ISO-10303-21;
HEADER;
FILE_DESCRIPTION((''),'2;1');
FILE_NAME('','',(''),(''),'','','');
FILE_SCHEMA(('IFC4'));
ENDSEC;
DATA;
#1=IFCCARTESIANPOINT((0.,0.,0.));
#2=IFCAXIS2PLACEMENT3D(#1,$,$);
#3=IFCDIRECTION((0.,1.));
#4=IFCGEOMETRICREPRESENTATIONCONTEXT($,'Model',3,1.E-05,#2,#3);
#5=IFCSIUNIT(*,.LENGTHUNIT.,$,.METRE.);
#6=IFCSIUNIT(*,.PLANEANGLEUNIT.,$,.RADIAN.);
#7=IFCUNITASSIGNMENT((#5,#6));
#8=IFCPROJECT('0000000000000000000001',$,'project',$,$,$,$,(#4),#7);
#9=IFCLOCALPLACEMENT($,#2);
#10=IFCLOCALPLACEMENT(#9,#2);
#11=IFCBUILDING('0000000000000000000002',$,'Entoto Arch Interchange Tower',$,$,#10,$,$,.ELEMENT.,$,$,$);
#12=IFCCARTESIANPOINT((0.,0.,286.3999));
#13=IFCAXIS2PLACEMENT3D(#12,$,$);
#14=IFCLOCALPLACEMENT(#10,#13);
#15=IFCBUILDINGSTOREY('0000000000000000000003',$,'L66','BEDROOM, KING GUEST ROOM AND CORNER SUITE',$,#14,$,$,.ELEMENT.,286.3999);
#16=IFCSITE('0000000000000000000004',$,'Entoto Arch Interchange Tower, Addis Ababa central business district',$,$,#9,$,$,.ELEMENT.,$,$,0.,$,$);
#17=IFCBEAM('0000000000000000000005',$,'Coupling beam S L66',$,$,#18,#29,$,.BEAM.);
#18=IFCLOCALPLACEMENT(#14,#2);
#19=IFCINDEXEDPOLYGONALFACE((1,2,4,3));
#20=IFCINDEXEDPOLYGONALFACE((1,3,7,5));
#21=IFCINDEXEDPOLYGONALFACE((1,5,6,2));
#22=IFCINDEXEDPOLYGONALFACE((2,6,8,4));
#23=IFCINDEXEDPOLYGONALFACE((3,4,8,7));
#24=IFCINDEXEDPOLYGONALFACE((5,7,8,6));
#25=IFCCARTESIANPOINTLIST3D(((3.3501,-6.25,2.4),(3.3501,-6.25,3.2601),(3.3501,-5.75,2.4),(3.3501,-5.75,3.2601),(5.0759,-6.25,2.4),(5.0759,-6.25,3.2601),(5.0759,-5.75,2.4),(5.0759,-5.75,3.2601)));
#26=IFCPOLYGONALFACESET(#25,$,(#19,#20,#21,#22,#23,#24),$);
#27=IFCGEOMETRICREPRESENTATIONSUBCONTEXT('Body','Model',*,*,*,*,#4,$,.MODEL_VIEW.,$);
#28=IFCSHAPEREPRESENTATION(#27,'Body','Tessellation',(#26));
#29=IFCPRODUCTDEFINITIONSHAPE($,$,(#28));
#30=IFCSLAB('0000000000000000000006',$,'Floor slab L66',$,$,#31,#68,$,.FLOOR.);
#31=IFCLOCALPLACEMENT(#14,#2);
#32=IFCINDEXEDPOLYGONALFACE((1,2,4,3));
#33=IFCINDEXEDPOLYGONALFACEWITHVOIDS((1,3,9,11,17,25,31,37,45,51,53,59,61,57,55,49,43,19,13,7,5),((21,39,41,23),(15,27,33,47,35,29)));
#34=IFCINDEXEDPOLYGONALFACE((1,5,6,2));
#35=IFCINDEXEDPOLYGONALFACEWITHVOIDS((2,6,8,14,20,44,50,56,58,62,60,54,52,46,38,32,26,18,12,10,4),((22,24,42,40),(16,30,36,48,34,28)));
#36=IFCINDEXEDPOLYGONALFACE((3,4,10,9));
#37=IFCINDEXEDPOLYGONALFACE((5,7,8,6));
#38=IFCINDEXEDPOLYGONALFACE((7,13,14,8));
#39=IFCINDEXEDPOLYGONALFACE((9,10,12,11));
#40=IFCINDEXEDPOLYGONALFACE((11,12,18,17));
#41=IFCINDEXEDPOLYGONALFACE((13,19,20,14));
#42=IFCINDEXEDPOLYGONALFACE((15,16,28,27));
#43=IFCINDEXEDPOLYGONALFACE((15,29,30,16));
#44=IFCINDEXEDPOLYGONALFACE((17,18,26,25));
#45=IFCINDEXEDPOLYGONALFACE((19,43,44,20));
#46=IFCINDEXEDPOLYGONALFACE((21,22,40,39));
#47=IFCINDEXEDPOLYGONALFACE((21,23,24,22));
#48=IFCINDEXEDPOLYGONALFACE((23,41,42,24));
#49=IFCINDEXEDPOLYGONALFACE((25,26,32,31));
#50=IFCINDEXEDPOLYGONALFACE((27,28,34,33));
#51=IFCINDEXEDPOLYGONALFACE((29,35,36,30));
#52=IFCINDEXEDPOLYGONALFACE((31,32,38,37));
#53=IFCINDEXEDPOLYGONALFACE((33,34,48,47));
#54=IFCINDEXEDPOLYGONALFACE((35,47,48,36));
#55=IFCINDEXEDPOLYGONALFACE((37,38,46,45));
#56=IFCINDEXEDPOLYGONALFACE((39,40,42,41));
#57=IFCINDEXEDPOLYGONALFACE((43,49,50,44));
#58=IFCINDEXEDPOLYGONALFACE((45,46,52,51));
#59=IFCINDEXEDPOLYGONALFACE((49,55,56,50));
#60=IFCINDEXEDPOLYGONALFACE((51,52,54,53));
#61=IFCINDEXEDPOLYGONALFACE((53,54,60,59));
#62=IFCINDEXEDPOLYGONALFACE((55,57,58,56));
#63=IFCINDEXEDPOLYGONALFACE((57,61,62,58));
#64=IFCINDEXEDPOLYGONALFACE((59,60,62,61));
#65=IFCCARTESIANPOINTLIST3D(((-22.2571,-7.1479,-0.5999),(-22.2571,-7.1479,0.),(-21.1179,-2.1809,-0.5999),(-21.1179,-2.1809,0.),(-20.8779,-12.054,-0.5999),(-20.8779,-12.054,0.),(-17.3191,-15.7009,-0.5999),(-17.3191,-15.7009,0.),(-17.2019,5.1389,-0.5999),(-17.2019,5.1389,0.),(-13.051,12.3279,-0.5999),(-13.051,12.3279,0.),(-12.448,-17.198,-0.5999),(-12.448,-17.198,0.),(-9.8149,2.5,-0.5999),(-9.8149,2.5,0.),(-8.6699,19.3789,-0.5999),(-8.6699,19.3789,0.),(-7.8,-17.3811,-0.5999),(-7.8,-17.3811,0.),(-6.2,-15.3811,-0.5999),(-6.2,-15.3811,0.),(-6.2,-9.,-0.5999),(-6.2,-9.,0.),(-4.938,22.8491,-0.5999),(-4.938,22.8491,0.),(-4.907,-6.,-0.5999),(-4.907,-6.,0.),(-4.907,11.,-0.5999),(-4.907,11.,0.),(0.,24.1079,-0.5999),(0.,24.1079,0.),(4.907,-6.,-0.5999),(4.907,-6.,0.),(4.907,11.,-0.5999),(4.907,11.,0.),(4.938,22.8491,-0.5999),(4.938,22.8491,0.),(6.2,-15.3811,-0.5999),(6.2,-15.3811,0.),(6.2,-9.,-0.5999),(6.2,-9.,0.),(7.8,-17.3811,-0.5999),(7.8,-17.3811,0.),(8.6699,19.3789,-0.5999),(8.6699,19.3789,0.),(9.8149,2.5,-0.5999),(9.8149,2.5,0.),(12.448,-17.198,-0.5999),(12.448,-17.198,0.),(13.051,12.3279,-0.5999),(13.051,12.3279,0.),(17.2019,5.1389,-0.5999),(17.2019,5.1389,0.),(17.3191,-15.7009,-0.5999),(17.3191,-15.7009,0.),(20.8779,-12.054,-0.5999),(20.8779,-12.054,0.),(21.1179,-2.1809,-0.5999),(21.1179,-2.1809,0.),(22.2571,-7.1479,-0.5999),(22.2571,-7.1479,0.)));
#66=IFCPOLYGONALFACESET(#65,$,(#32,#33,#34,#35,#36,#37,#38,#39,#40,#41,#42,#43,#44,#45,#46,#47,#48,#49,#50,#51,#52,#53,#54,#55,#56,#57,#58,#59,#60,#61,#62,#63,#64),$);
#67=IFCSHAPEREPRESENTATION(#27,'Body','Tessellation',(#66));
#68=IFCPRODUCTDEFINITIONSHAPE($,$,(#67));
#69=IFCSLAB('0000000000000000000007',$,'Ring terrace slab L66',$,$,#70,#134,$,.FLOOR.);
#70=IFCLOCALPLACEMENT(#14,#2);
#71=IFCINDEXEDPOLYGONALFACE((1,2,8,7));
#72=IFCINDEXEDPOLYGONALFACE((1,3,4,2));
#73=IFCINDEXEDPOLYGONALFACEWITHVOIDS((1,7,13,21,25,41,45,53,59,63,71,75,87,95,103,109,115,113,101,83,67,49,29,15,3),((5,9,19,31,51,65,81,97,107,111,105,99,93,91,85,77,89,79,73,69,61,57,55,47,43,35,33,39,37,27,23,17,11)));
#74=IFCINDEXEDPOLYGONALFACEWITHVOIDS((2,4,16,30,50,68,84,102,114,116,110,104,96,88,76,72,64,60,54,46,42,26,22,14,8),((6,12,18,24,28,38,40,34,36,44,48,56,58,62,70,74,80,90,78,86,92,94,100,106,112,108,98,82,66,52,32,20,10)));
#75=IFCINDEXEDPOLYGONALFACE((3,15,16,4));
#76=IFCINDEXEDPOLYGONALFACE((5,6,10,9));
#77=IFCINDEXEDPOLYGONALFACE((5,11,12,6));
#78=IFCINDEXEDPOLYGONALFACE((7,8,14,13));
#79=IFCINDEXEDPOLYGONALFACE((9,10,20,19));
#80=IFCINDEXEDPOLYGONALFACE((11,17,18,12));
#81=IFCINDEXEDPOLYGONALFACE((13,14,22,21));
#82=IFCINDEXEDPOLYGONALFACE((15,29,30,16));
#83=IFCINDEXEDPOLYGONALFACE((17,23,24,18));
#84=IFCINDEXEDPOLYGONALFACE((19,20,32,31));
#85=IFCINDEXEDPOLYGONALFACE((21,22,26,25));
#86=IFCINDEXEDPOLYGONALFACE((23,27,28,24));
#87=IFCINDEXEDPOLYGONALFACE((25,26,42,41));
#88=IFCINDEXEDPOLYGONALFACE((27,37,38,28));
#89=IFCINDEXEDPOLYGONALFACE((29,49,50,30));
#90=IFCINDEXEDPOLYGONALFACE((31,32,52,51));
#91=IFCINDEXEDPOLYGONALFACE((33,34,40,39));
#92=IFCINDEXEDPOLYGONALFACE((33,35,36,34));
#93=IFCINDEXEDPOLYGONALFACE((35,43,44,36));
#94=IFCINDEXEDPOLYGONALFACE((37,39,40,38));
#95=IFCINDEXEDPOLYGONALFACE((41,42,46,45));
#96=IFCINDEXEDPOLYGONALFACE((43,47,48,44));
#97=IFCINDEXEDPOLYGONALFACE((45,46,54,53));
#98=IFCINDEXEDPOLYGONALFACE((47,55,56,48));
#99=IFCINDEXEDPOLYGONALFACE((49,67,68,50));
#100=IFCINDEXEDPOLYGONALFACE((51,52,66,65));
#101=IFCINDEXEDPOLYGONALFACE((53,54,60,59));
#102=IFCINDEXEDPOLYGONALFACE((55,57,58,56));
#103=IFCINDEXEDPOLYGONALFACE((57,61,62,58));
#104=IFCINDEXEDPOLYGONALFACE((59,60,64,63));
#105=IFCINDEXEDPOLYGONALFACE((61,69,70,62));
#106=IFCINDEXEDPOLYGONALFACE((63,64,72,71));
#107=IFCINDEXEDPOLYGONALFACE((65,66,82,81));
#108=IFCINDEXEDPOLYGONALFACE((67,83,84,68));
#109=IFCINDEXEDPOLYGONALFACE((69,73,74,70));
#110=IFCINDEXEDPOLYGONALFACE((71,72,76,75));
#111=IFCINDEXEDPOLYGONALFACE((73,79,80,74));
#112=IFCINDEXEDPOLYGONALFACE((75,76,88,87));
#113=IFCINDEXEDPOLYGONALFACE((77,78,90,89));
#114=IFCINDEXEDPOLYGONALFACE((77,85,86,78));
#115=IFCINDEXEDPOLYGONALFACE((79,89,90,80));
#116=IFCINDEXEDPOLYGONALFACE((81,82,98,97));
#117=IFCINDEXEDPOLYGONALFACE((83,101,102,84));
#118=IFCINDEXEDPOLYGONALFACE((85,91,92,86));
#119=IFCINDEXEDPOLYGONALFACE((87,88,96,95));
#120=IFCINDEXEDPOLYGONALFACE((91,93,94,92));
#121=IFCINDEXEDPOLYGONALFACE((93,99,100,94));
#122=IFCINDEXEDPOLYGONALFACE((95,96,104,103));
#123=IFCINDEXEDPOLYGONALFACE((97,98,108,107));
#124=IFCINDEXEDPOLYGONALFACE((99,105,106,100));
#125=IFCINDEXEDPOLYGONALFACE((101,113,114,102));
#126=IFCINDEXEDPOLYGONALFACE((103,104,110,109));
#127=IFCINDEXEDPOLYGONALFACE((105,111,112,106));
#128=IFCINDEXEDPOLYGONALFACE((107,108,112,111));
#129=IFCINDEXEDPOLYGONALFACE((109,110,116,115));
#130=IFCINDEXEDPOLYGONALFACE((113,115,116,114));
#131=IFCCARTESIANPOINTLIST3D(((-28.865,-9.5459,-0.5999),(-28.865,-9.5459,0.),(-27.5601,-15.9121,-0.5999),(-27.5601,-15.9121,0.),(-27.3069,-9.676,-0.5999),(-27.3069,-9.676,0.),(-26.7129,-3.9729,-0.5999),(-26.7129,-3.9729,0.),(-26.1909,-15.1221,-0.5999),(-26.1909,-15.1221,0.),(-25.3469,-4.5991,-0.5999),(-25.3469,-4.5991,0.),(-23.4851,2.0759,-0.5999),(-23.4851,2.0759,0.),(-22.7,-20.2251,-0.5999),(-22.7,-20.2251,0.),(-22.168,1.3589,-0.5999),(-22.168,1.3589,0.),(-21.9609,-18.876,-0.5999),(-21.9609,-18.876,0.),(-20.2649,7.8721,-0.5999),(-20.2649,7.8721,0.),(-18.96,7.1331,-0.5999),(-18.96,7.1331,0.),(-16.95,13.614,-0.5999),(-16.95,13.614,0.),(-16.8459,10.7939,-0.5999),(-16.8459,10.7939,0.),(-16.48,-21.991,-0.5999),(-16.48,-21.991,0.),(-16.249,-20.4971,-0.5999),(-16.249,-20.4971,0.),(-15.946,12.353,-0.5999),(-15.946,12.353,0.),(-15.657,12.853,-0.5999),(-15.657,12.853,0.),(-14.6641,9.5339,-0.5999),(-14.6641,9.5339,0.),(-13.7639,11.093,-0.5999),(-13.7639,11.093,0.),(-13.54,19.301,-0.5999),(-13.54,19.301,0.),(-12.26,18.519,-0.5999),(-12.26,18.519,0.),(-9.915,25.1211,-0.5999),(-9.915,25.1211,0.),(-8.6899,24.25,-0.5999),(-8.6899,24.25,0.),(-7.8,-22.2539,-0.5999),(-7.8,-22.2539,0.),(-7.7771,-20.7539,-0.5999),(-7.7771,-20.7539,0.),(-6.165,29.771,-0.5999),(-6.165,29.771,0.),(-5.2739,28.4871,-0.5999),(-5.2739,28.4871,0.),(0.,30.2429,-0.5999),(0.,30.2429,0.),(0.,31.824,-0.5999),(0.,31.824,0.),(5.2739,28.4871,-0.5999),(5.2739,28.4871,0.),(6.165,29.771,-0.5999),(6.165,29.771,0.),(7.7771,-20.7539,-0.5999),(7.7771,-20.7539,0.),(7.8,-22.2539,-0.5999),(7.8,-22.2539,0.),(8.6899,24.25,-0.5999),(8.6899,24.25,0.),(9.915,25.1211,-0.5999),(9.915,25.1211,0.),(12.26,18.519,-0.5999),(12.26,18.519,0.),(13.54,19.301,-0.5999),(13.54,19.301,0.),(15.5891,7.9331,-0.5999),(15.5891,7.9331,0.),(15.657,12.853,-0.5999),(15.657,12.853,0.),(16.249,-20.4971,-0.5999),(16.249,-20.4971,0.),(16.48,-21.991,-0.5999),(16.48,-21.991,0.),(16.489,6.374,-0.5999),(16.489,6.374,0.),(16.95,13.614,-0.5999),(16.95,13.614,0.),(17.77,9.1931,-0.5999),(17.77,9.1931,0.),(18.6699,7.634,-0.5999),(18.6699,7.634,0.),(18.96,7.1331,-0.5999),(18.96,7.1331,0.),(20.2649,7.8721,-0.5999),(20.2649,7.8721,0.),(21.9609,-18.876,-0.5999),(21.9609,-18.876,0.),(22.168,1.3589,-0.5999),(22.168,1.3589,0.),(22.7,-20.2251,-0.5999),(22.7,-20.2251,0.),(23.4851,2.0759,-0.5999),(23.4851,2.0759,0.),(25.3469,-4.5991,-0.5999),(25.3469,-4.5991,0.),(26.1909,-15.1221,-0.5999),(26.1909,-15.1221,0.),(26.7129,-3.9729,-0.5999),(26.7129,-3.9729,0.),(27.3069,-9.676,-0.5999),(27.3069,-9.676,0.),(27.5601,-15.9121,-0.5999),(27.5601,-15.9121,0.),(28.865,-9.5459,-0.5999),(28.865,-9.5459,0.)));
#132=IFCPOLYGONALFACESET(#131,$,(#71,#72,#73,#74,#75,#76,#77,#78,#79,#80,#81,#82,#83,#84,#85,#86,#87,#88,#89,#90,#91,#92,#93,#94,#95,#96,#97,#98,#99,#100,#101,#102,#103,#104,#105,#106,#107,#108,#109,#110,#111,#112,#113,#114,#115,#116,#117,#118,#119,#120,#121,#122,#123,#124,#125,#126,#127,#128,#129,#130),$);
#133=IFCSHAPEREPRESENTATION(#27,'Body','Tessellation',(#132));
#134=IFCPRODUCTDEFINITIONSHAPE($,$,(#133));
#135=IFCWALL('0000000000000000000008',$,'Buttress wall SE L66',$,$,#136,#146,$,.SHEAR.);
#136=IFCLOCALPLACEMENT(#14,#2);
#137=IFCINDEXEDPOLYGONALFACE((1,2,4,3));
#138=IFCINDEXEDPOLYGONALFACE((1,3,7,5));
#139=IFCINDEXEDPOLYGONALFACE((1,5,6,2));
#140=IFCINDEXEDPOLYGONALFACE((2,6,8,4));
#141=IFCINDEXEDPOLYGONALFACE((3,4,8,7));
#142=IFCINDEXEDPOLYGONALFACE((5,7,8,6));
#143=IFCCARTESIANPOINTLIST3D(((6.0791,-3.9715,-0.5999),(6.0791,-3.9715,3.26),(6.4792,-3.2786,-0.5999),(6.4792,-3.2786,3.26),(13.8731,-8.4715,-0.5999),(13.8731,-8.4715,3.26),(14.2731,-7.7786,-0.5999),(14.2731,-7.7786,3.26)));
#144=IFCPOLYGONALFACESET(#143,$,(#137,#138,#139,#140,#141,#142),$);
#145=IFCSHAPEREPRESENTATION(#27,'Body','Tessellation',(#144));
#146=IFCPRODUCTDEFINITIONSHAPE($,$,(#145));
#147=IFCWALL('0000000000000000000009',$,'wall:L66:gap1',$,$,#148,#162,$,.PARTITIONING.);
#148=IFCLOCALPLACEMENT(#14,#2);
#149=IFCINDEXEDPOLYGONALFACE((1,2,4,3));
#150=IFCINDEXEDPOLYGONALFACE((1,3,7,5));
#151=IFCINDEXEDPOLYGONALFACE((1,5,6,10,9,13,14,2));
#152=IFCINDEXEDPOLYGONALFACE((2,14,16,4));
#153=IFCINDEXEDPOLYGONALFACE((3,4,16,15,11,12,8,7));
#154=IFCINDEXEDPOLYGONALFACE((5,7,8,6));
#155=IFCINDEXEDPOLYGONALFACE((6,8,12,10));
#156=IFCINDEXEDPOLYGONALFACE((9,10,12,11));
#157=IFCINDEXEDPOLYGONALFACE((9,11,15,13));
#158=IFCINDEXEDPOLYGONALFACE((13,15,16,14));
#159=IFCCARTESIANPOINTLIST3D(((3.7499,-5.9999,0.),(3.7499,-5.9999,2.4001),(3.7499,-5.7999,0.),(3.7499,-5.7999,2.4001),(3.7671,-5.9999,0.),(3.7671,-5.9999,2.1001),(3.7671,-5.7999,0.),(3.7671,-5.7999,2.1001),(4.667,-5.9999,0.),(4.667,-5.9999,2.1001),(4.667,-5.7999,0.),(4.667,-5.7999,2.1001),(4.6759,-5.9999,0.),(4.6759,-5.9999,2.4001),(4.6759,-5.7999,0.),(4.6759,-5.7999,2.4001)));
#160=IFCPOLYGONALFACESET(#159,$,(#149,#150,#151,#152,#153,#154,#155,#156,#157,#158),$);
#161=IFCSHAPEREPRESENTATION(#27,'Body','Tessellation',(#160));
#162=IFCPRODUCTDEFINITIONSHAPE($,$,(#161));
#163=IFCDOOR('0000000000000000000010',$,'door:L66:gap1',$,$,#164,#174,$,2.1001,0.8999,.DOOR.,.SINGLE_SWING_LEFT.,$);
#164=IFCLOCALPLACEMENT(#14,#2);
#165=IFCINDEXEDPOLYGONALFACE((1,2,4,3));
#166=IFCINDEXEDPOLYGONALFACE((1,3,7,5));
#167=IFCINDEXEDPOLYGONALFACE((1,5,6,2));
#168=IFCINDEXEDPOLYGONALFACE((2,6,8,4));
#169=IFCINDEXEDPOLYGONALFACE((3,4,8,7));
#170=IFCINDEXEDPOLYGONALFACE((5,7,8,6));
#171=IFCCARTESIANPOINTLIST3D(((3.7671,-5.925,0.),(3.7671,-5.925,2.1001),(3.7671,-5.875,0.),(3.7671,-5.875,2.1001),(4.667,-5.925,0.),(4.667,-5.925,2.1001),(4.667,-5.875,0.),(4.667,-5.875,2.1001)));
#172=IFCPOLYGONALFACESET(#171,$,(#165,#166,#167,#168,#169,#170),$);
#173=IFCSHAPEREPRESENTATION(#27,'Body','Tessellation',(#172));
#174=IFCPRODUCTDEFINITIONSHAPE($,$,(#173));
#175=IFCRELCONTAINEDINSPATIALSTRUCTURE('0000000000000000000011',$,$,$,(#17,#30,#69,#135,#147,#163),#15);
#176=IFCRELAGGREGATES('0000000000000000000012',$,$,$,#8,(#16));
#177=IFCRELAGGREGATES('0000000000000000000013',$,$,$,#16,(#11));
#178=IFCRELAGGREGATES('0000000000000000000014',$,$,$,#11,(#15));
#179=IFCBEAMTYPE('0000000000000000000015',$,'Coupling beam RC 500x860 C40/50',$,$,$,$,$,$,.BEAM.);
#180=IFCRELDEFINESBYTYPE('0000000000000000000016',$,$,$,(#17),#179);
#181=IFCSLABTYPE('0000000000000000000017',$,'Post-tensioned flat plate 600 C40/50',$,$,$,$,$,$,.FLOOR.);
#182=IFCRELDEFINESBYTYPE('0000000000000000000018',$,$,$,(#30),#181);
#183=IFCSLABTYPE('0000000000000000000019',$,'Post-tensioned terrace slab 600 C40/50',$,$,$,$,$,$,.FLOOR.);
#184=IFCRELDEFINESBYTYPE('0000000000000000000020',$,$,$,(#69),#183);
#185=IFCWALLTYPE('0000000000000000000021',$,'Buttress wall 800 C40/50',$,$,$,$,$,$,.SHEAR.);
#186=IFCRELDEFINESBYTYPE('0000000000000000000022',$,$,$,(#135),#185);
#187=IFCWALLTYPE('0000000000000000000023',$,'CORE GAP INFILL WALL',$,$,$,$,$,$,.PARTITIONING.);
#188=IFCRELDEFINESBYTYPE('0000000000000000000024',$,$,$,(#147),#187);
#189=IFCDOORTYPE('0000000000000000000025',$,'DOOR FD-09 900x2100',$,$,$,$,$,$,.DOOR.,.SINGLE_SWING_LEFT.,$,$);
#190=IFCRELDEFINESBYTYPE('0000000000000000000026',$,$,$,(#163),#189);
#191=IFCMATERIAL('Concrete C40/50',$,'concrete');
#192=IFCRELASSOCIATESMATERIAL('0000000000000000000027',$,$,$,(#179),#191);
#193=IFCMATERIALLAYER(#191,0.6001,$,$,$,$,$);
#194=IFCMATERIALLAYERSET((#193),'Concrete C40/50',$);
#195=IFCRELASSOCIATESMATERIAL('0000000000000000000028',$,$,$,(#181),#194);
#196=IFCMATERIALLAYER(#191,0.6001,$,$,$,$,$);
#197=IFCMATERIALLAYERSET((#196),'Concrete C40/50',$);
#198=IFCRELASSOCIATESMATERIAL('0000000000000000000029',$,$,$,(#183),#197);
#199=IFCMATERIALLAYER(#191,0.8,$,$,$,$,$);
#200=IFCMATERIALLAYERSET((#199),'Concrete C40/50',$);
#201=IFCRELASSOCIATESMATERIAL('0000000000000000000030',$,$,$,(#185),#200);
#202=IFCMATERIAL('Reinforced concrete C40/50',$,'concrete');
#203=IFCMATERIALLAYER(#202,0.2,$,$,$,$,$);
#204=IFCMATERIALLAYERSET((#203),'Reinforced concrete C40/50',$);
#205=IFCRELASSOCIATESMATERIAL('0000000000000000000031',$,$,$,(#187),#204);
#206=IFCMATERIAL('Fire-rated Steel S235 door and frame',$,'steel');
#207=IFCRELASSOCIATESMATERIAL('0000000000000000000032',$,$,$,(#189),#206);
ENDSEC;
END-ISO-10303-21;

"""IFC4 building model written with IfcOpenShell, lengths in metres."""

from ifc_helpers import new_model, si_unit, direction, frame, frame_2d, origin, origin_2d, place, context, subcontext, project, spatial, polyline, rectangle, outline, extrude, material, layer, layer_set, material_profile, profile_set, type_object, element, fill, save


model = new_model("IFC4")

# Units and contexts
model_context = context("Model", 3, precision=1e-05, world=origin(), true_north=direction((0.0, 1.0)))
body_context = subcontext(model_context, "Body", "Model", "MODEL_VIEW")
ifc_project = project(units=[si_unit("LENGTHUNIT", "METRE"), si_unit("PLANEANGLEUNIT", "RADIAN")], contexts=[model_context])

# Site, building, storey
site_placement = place(None, origin())
site = spatial("IfcSite", under=ifc_project, at=site_placement, Name="Entoto Arch Interchange Tower, Addis Ababa central business district", CompositionType="ELEMENT", RefElevation=0.0)
building_placement = place(site_placement, origin())
building = spatial("IfcBuilding", under=site, at=building_placement, Name="Entoto Arch Interchange Tower", CompositionType="ELEMENT")
storey_placement = place(building_placement, frame((0.0, 0.0, 286.3999)))
storey = spatial("IfcBuildingStorey", under=building, at=storey_placement, Name="L66", Description="BEDROOM, KING GUEST ROOM AND CORNER SUITE", CompositionType="ELEMENT", Elevation=286.3999)

# Beam
ifc_material_1 = material(Name="Concrete C40/50", Category="concrete")
ifc_material_profile = material_profile(ifc_material_1, rectangle(XDim=0.5, YDim=0.8601, at=origin_2d()))
ifc_profile_set = profile_set([ifc_material_profile], Name="Concrete C40/50")
beam_type = type_object("IfcBeamType", Name="Coupling beam RC 500x860 C40/50", PredefinedType="BEAM", material=ifc_profile_set)
beam_placement = place(storey_placement, frame((3.3501, -6.0, 2.8301), z_axis=(1.0, 0.0, 0.0), x_axis=(0.0, 1.0, 0.0)))
element("IfcBeam", 1, at=beam_placement, inside=storey, type_object=beam_type, Name="Coupling beam S L66", PredefinedType="BEAM", context=body_context, shape_type="SweptSolid", body=[
    extrude(rectangle(XDim=0.5, YDim=0.8601, at=origin_2d()), origin(), (0.0, 0.0, 1.0), 1.7258),
])

# Slabs
ifc_layer_1 = layer(ifc_material_1, 0.6001)
ifc_layer_set_1 = layer_set([ifc_layer_1], Name="Concrete C40/50")
slab_type_1 = type_object("IfcSlabType", Name="Post-tensioned flat plate 600 C40/50", PredefinedType="FLOOR", material=ifc_layer_set_1)
slab_1_placement = place(storey_placement, frame((0.0, 0.0, -0.5999)))
element("IfcSlab", 2, at=slab_1_placement, inside=storey, type_object=slab_type_1, Name="Floor slab L66", PredefinedType="FLOOR", context=body_context, shape_type="SweptSolid", body=[
    extrude(outline(polyline([(-12.448, -17.198), (-7.8, -17.3811), (7.8, -17.3811), (12.448, -17.198), (17.3191, -15.7009), (20.8779, -12.054), (22.2571, -7.1479), (21.1179, -2.1809), (17.2019, 5.1389), (13.051, 12.3279), (8.6699, 19.3789), (4.938, 22.8491), (0.0, 24.1079), (-4.938, 22.8491), (-8.6699, 19.3789), (-13.051, 12.3279), (-17.2019, 5.1389), (-21.1179, -2.1809), (-22.2571, -7.1479), (-20.8779, -12.054), (-17.3191, -15.7009), (-12.448, -17.198)]), holes=[polyline([(6.2, -15.3811), (6.2, -9.0), (-6.2, -9.0), (-6.2, -15.3811), (6.2, -15.3811)]), polyline([(9.8149, 2.5), (4.907, 11.0), (-4.907, 11.0), (-9.8149, 2.5), (-4.907, -6.0), (4.907, -6.0), (9.8149, 2.5)])]), origin(), (0.0, 0.0, 1.0), 0.5999),
])
ifc_layer_2 = layer(ifc_material_1, 0.6001)
ifc_layer_set_2 = layer_set([ifc_layer_2], Name="Concrete C40/50")
slab_type_2 = type_object("IfcSlabType", Name="Post-tensioned terrace slab 600 C40/50", PredefinedType="FLOOR", material=ifc_layer_set_2)
slab_2_placement = place(storey_placement, frame((0.0, 0.0, -0.5999)))
element("IfcSlab", 3, at=slab_2_placement, inside=storey, type_object=slab_type_2, Name="Ring terrace slab L66", PredefinedType="FLOOR", context=body_context, shape_type="SweptSolid", body=[
    extrude(outline(polyline([(-28.865, -9.5459), (-27.5601, -15.9121), (-22.7, -20.2251), (-16.48, -21.991), (-7.8, -22.2539), (7.8, -22.2539), (16.48, -21.991), (22.7, -20.2251), (27.5601, -15.9121), (28.865, -9.5459), (26.7129, -3.9729), (23.4851, 2.0759), (20.2649, 7.8721), (16.95, 13.614), (13.54, 19.301), (9.915, 25.1211), (6.165, 29.771), (0.0, 31.824), (-6.165, 29.771), (-9.915, 25.1211), (-13.54, 19.301), (-16.95, 13.614), (-20.2649, 7.8721), (-23.4851, 2.0759), (-26.7129, -3.9729), (-28.865, -9.5459)]), holes=[polyline([(15.657, 12.853), (12.26, 18.519), (8.6899, 24.25), (5.2739, 28.4871), (0.0, 30.2429), (-5.2739, 28.4871), (-8.6899, 24.25), (-12.26, 18.519), (-15.657, 12.853), (-15.946, 12.353), (-13.7639, 11.093), (-14.6641, 9.5339), (-16.8459, 10.7939), (-18.96, 7.1331), (-22.168, 1.3589), (-25.3469, -4.5991), (-27.3069, -9.676), (-26.1909, -15.1221), (-21.9609, -18.876), (-16.249, -20.4971), (-7.7771, -20.7539), (7.7771, -20.7539), (16.249, -20.4971), (21.9609, -18.876), (26.1909, -15.1221), (27.3069, -9.676), (25.3469, -4.5991), (22.168, 1.3589), (18.96, 7.1331), (18.6699, 7.634), (16.489, 6.374), (15.5891, 7.9331), (17.77, 9.1931), (15.657, 12.853)])]), origin(), (0.0, 0.0, 1.0), 0.5999),
])

# Wall
ifc_layer_3 = layer(ifc_material_1, 0.8)
ifc_layer_set_3 = layer_set([ifc_layer_3], Name="Concrete C40/50")
wall_type_1 = type_object("IfcWallType", Name="Buttress wall 800 C40/50", PredefinedType="SHEAR", material=ifc_layer_set_3)
wall_1_placement = place(storey_placement, frame((6.2791, -3.625, -0.5999), z_axis=(0.0, 0.0, 1.0), x_axis=(0.866018, -0.500014, 0.0)))
element("IfcWall", 4, at=wall_1_placement, inside=storey, type_object=wall_type_1, Name="Buttress wall SE L66", PredefinedType="SHEAR", context=body_context, shape_type="SweptSolid", body=[
    extrude(rectangle(XDim=8.9998, YDim=0.8, at=frame_2d((4.5, 0.0))), origin(), (0.0, 0.0, 1.0), 3.8599),
])

# Wall, opening, door
ifc_material_2 = material(Name="Reinforced concrete C40/50", Category="concrete")
ifc_layer_4 = layer(ifc_material_2, 0.2)
ifc_layer_set_4 = layer_set([ifc_layer_4], Name="Reinforced concrete C40/50")
wall_type_2 = type_object("IfcWallType", Name="CORE GAP INFILL WALL", PredefinedType="PARTITIONING", material=ifc_layer_set_4)
wall_2_placement = place(storey_placement, frame((3.75, -5.8999, 0.0), z_axis=(0.0, 0.0, 1.0), x_axis=(1.0, 0.0, 0.0)))
wall_2 = element("IfcWall", 5, at=wall_2_placement, inside=storey, type_object=wall_type_2, Name="wall:L66:gap1", PredefinedType="PARTITIONING", context=body_context, shape_type="SweptSolid", body=[
    extrude(rectangle(XDim=0.926, YDim=0.2, at=frame_2d((0.4629, 0.0))), origin(), (0.0, 0.0, 1.0), 2.4001),
])
opening_1_placement = place(wall_2_placement, frame((0.0171, 0.0, 0.0)))
opening_1 = element("IfcOpeningElement", 6, at=opening_1_placement, cuts=wall_2, PredefinedType="OPENING", context=body_context, shape_type="SweptSolid", body=[
    extrude(rectangle(XDim=0.8999, YDim=2.1001, at=frame_2d((0.45, 1.05))), frame((0.0, 0.1099, 0.0), z_axis=(0.0, -1.0, 0.0), x_axis=(1.0, 0.0, 0.0)), (0.0, 0.0, 1.0), 0.22),
])
ifc_material_3 = material(Name="Fire-rated Steel S235 door and frame", Category="steel")
door_type_1 = type_object("IfcDoorType", Name="DOOR FD-09 900x2100", OperationType="SINGLE_SWING_LEFT", PredefinedType="DOOR", material=ifc_material_3)
door_1_placement = place(opening_1_placement, origin())
door_1 = element("IfcDoor", 7, at=door_1_placement, inside=storey, type_object=door_type_1, Name="door:L66:gap1", OperationType="SINGLE_SWING_LEFT", OverallHeight=2.1001, OverallWidth=0.8999, PredefinedType="DOOR", context=body_context, shape_type="SweptSolid", body=[
    extrude(rectangle(XDim=0.8999, YDim=2.1001, at=frame_2d((0.45, 1.05))), frame((0.0, 0.0249, 0.0), z_axis=(0.0, -1.0, 0.0), x_axis=(1.0, 0.0, 0.0)), (0.0, 0.0, 1.0), 0.05),
])
fill(opening_1, door_1)

save(model, "model.ifc")
